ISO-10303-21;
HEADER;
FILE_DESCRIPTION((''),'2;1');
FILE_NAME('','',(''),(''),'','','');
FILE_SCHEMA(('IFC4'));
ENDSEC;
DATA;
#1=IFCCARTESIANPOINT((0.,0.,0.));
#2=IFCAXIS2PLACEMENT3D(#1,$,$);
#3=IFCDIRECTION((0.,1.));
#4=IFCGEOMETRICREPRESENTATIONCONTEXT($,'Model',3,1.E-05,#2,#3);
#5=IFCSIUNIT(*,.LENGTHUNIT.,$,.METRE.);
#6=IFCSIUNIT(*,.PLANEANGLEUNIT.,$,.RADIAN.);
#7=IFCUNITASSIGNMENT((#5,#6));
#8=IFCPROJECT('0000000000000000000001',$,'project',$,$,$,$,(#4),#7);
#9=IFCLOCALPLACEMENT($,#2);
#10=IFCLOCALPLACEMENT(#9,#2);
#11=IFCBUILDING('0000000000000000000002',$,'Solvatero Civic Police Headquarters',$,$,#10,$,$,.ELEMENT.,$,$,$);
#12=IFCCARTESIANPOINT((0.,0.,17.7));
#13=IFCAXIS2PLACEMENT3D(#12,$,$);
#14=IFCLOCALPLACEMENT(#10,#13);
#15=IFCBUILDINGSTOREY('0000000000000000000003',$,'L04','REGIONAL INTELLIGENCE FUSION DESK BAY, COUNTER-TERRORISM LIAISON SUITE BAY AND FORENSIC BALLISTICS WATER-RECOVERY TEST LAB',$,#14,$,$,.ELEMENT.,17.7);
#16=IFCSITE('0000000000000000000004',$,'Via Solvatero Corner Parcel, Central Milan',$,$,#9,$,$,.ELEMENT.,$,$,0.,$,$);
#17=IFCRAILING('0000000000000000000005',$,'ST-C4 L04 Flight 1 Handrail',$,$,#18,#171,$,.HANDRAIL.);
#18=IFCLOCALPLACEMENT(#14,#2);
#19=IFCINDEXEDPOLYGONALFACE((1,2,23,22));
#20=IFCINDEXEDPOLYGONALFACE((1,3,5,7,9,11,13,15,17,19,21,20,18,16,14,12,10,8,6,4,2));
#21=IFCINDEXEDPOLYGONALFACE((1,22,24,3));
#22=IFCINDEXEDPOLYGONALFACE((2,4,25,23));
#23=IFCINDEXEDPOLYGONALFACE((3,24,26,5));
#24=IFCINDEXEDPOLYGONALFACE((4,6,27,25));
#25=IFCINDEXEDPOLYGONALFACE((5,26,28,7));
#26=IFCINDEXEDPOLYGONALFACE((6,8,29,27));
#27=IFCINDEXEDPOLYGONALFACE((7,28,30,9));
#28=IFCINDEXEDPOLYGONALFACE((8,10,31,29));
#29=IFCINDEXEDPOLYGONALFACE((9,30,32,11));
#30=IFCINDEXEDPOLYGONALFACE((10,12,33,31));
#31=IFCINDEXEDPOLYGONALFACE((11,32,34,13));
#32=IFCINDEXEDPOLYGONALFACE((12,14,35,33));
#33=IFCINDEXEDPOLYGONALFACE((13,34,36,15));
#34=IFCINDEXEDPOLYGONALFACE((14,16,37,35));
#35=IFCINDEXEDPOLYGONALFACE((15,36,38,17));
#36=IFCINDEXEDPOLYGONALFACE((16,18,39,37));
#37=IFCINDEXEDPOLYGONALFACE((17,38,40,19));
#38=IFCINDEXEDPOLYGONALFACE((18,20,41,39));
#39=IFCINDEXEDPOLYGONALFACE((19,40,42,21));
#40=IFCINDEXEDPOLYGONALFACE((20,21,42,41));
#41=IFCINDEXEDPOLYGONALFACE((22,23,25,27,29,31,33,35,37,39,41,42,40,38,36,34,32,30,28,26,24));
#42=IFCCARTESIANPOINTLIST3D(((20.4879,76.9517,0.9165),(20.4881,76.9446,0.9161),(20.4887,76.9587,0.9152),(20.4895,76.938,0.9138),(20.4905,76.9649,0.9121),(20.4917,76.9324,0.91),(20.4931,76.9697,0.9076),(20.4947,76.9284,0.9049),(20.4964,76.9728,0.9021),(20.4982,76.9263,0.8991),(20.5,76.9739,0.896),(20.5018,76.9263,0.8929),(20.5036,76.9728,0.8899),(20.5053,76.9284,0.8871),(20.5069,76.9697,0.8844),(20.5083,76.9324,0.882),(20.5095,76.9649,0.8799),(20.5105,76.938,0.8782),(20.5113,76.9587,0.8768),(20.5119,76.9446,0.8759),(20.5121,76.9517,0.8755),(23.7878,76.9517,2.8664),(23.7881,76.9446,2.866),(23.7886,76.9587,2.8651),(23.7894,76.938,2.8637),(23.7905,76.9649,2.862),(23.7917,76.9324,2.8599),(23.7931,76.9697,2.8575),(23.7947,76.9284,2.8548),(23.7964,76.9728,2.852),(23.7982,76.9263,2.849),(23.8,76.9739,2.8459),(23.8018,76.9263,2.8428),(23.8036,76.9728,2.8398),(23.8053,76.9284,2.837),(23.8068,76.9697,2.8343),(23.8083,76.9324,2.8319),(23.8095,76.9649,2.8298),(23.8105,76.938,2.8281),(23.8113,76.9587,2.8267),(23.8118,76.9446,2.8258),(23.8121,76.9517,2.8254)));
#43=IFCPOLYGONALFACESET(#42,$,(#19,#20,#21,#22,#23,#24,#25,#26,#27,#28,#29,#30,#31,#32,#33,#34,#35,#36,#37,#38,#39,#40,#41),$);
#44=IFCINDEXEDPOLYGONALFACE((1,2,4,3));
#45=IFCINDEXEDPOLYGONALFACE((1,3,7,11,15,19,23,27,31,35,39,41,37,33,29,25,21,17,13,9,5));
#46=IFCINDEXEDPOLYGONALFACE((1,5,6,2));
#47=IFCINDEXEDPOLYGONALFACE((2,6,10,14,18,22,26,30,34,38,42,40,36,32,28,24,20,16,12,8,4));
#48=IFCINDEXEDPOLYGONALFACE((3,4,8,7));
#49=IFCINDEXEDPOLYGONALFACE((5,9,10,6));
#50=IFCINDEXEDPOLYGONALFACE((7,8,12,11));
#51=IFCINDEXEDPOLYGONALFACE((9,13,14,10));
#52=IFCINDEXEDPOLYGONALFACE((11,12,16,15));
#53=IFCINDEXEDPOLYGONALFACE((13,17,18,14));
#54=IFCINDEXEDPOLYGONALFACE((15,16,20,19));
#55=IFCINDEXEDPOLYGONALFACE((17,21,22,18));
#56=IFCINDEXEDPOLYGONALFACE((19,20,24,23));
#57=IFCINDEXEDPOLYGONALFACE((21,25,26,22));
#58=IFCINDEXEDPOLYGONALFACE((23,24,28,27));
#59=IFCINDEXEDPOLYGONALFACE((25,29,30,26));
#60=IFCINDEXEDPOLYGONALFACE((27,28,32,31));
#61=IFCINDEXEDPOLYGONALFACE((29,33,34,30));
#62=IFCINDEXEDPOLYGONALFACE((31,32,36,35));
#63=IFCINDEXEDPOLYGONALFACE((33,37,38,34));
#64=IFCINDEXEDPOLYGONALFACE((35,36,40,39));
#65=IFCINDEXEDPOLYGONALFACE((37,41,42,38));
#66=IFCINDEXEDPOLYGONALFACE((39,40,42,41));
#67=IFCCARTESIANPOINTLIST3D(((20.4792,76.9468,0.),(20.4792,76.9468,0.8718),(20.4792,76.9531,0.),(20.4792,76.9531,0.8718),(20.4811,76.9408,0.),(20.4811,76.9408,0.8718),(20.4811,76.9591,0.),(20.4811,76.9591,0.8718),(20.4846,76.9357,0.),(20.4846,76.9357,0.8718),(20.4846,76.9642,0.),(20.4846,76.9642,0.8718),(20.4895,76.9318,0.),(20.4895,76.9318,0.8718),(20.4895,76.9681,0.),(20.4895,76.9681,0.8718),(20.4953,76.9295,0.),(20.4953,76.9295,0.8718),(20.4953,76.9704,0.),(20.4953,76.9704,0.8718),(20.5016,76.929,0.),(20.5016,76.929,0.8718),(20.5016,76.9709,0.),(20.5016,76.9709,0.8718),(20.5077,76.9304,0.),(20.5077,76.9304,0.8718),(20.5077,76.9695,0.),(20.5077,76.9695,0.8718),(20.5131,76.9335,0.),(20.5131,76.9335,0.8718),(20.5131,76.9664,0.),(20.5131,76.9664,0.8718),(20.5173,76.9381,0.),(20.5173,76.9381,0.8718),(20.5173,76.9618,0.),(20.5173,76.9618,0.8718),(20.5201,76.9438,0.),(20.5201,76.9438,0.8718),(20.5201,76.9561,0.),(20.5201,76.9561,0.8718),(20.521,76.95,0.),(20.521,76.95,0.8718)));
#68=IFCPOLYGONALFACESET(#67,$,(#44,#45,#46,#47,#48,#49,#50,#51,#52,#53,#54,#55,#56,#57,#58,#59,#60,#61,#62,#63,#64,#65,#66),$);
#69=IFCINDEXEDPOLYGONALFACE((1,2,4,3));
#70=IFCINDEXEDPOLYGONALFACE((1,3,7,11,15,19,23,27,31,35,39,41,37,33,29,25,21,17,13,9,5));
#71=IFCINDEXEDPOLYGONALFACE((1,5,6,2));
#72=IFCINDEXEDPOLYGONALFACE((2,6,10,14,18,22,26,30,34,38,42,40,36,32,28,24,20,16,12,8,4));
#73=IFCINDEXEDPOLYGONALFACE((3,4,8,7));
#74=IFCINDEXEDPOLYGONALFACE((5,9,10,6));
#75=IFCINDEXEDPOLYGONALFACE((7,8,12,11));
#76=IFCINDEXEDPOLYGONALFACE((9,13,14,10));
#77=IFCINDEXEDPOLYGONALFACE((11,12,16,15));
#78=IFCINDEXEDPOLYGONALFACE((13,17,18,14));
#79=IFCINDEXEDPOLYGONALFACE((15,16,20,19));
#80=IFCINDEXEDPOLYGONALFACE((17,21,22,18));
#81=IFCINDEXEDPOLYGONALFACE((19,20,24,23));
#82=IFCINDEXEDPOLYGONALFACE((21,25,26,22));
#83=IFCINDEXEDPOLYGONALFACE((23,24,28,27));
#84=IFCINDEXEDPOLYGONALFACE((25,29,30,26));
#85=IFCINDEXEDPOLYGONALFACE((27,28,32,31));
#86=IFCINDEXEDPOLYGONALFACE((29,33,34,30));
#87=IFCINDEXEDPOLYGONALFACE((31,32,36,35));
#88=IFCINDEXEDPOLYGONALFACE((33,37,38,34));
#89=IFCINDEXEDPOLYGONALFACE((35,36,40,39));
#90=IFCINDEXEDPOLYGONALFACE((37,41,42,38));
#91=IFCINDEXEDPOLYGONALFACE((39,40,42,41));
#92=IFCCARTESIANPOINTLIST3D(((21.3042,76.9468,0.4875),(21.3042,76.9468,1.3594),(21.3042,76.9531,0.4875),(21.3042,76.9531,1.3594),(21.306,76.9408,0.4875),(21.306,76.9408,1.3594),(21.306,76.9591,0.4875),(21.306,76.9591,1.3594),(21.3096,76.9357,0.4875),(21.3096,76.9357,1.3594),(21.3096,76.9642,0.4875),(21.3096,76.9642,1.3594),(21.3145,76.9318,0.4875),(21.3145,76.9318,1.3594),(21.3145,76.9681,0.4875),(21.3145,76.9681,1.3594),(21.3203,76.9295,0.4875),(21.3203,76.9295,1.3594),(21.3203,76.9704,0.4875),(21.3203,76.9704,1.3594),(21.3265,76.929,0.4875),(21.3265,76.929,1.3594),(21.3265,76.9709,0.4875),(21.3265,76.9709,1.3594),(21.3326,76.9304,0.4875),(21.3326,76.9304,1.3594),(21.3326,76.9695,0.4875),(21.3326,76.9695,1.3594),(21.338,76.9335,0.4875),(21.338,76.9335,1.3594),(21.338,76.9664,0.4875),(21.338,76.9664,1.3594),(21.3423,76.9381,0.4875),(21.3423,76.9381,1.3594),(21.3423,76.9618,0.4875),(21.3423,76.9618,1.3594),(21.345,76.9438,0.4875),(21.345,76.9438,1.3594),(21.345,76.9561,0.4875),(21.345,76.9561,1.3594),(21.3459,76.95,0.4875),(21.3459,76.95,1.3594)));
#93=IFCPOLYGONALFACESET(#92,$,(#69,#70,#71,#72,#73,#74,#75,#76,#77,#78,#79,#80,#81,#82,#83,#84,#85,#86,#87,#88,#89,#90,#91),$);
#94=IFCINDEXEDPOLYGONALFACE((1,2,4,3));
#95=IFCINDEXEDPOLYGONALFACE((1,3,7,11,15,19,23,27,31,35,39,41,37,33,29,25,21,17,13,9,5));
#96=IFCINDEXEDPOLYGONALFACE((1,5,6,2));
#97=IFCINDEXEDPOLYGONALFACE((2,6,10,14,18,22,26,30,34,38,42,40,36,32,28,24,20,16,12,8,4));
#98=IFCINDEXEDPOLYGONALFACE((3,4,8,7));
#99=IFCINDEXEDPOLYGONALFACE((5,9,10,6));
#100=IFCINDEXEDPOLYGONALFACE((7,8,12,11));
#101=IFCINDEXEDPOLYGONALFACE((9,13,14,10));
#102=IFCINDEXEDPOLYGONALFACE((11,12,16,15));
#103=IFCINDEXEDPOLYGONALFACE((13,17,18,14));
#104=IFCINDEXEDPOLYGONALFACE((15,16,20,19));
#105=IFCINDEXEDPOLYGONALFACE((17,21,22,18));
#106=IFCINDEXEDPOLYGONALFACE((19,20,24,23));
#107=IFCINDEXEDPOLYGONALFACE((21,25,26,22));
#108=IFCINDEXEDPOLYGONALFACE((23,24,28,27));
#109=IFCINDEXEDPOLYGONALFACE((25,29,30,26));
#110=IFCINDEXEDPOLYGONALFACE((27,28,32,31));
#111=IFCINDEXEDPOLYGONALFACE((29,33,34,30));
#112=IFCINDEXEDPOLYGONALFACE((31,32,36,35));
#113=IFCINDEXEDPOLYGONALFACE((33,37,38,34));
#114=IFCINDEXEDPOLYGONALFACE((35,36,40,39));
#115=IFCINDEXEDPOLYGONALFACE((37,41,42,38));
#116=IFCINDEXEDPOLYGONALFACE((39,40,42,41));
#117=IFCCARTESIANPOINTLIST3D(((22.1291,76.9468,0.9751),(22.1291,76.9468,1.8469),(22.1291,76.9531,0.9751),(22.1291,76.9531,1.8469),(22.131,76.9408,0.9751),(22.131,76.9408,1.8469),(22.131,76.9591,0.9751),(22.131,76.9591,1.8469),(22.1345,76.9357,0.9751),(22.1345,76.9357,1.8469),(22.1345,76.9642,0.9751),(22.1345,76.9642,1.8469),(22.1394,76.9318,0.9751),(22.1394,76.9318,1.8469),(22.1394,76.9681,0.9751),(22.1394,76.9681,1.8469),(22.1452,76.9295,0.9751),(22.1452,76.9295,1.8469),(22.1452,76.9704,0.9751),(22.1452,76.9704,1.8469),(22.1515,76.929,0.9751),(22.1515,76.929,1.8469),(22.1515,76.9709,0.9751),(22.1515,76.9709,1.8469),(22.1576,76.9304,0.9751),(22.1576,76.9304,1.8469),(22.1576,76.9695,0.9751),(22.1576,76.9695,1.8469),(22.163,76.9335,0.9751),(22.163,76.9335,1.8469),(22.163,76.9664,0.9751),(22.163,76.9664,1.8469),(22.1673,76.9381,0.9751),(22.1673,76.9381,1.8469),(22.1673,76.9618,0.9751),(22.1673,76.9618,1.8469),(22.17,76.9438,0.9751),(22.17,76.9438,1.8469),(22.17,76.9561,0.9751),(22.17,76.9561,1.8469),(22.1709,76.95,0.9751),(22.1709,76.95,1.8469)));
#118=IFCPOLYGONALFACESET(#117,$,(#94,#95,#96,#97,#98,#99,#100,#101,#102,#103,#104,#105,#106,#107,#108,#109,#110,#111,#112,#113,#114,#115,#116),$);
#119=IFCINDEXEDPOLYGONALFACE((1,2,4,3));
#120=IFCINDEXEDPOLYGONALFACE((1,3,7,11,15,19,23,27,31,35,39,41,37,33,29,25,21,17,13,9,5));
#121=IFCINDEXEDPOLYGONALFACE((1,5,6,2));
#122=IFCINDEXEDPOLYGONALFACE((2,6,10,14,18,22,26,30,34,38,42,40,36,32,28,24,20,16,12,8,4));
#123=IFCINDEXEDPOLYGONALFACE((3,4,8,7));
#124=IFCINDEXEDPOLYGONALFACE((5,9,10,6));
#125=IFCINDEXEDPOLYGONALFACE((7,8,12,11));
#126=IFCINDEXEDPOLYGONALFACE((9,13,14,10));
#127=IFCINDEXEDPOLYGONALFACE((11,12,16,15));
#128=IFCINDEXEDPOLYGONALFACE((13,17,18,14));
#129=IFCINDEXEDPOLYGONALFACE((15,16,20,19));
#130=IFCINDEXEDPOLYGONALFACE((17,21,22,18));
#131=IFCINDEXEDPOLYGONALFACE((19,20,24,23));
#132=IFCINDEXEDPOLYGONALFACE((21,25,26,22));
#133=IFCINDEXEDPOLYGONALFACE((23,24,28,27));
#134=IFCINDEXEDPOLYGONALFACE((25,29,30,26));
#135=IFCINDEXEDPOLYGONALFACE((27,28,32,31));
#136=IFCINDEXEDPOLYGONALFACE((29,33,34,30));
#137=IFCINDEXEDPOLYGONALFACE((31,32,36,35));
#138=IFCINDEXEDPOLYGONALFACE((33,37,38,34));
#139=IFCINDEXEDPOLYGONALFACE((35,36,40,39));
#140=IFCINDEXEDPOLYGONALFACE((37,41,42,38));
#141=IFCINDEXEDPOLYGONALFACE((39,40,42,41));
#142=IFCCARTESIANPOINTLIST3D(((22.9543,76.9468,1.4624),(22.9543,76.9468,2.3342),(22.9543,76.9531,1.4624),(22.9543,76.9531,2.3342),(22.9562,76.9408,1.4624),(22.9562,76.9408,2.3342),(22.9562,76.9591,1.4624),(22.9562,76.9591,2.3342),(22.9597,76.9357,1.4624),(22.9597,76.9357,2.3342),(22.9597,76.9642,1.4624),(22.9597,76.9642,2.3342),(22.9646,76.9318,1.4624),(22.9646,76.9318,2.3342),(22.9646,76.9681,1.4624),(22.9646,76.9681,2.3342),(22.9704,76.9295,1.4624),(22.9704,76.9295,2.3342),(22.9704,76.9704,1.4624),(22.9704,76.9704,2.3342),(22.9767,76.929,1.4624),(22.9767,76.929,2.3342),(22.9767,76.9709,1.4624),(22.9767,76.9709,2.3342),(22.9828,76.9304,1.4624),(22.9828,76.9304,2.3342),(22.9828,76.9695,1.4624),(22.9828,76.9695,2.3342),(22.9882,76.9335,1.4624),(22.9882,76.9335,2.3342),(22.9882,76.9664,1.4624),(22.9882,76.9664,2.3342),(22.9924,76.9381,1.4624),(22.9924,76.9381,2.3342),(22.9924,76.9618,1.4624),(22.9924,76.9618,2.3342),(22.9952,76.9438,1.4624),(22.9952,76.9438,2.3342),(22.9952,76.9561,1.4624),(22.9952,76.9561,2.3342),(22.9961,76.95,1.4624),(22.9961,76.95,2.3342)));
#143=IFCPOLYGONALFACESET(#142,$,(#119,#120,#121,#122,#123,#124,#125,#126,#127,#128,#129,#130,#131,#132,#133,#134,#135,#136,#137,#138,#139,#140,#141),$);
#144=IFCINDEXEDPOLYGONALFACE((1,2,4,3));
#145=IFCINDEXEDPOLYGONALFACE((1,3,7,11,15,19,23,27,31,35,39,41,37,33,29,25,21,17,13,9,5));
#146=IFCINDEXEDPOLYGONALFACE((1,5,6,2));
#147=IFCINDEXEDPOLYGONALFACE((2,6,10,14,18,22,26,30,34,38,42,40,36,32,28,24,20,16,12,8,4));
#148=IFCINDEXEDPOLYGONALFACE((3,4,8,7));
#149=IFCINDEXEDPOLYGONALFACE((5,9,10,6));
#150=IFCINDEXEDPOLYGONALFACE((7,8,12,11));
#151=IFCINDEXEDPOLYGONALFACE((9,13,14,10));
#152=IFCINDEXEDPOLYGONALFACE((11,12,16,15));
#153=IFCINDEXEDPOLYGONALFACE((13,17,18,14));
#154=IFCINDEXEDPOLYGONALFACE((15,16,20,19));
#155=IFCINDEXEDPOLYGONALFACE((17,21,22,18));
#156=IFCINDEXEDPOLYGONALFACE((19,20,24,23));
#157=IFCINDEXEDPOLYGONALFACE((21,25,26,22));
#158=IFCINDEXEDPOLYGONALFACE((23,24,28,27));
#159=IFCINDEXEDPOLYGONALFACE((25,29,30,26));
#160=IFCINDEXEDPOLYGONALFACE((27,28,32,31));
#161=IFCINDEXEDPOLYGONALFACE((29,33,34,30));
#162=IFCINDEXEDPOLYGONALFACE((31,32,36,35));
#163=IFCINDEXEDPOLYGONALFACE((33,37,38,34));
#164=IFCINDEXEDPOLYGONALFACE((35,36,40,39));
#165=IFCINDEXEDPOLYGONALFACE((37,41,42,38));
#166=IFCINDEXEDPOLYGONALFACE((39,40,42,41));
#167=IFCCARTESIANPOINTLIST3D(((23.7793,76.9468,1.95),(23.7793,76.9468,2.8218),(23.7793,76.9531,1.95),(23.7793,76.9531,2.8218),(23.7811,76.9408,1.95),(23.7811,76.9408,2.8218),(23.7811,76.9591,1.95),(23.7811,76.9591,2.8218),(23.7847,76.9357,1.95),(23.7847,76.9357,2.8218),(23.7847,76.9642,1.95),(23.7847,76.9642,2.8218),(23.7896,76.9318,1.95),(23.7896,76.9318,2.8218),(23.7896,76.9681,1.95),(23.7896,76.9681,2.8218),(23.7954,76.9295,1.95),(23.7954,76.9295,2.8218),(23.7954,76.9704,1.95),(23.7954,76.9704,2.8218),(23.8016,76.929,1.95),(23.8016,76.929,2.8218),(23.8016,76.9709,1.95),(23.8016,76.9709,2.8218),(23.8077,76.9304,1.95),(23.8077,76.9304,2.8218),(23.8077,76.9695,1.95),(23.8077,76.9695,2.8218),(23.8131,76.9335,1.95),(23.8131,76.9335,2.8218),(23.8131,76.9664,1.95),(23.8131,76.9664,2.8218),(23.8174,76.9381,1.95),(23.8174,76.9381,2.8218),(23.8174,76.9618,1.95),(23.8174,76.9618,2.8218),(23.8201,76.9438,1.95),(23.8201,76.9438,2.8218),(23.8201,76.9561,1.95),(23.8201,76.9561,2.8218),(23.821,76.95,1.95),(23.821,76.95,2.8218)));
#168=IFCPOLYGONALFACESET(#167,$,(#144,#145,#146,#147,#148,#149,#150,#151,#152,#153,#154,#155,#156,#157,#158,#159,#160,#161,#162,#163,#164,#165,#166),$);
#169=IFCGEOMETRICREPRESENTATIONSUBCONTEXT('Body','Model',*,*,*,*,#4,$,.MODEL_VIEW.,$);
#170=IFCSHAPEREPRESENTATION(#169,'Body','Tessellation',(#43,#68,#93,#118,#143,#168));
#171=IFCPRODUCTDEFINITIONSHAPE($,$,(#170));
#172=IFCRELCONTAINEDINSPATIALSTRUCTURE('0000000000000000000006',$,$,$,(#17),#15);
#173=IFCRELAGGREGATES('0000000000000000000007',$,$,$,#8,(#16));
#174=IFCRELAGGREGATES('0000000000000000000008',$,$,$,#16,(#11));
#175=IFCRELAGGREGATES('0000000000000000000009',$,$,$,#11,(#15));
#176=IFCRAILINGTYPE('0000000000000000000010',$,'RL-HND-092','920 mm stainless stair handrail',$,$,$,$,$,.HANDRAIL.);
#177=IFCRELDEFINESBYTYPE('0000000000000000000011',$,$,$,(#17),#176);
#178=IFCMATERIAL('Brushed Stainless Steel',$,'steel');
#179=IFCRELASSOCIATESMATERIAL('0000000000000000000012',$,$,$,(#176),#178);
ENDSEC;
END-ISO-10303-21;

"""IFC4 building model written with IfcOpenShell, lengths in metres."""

from ifc_helpers import new_model, si_unit, direction, frame, origin, origin_2d, place, context, subcontext, project, spatial, circle, extrude, material, type_object, element, save


model = new_model("IFC4")

# Units and contexts
model_context = context("Model", 3, precision=1e-05, world=origin(), true_north=direction((0.0, 1.0)))
body_context = subcontext(model_context, "Body", "Model", "MODEL_VIEW")
ifc_project = project(units=[si_unit("LENGTHUNIT", "METRE"), si_unit("PLANEANGLEUNIT", "RADIAN")], contexts=[model_context])

# Site, building, storey
site_placement = place(None, origin())
site = spatial("IfcSite", under=ifc_project, at=site_placement, Name="Via Solvatero Corner Parcel, Central Milan", CompositionType="ELEMENT", RefElevation=0.0)
building_placement = place(site_placement, origin())
building = spatial("IfcBuilding", under=site, at=building_placement, Name="Solvatero Civic Police Headquarters", CompositionType="ELEMENT")
storey_placement = place(building_placement, frame((0.0, 0.0, 17.7)))
storey = spatial("IfcBuildingStorey", under=building, at=storey_placement, Name="L04", Description="REGIONAL INTELLIGENCE FUSION DESK BAY, COUNTER-TERRORISM LIAISON SUITE BAY AND FORENSIC BALLISTICS WATER-RECOVERY TEST LAB", CompositionType="ELEMENT", Elevation=17.7)

# Railing
ifc_material_1 = material(Name="Brushed Stainless Steel", Category="steel")
railing_type_1 = type_object("IfcRailingType", Name="RL-HND-092", Description="920 mm stainless stair handrail", PredefinedType="HANDRAIL", material=ifc_material_1)
railing_1_placement = place(storey_placement, frame((20.5, 76.95, 0.0)))
element("IfcRailing", 1, at=railing_1_placement, inside=storey, type_object=railing_type_1, Name="ST-C4 L04 Flight 1 Handrail", PredefinedType="HANDRAIL", context=body_context, shape_type="SweptSolid", body=[
    extrude(circle(Radius=0.0239, at=origin_2d()), frame((0.0, 0.0, 0.896), z_axis=(0.860935, 0.0, 0.508714), x_axis=(0.0, 1.0, 0.0)), (0.0, 0.0, 1.0), 3.833),
    extrude(circle(Radius=0.021, at=origin_2d()), origin(), (0.0, 0.0, 1.0), 0.8718),
    extrude(circle(Radius=0.021, at=origin_2d()), frame((0.825, 0.0, 0.4875)), (0.0, 0.0, 1.0), 0.8718),
    extrude(circle(Radius=0.021, at=origin_2d()), frame((1.6499, 0.0, 0.9751)), (0.0, 0.0, 1.0), 0.8718),
    extrude(circle(Radius=0.021, at=origin_2d()), frame((2.4751, 0.0, 1.4624)), (0.0, 0.0, 1.0), 0.8718),
    extrude(circle(Radius=0.021, at=origin_2d()), frame((3.3, 0.0, 1.95)), (0.0, 0.0, 1.0), 0.8718),
])

save(model, "model.ifc")
